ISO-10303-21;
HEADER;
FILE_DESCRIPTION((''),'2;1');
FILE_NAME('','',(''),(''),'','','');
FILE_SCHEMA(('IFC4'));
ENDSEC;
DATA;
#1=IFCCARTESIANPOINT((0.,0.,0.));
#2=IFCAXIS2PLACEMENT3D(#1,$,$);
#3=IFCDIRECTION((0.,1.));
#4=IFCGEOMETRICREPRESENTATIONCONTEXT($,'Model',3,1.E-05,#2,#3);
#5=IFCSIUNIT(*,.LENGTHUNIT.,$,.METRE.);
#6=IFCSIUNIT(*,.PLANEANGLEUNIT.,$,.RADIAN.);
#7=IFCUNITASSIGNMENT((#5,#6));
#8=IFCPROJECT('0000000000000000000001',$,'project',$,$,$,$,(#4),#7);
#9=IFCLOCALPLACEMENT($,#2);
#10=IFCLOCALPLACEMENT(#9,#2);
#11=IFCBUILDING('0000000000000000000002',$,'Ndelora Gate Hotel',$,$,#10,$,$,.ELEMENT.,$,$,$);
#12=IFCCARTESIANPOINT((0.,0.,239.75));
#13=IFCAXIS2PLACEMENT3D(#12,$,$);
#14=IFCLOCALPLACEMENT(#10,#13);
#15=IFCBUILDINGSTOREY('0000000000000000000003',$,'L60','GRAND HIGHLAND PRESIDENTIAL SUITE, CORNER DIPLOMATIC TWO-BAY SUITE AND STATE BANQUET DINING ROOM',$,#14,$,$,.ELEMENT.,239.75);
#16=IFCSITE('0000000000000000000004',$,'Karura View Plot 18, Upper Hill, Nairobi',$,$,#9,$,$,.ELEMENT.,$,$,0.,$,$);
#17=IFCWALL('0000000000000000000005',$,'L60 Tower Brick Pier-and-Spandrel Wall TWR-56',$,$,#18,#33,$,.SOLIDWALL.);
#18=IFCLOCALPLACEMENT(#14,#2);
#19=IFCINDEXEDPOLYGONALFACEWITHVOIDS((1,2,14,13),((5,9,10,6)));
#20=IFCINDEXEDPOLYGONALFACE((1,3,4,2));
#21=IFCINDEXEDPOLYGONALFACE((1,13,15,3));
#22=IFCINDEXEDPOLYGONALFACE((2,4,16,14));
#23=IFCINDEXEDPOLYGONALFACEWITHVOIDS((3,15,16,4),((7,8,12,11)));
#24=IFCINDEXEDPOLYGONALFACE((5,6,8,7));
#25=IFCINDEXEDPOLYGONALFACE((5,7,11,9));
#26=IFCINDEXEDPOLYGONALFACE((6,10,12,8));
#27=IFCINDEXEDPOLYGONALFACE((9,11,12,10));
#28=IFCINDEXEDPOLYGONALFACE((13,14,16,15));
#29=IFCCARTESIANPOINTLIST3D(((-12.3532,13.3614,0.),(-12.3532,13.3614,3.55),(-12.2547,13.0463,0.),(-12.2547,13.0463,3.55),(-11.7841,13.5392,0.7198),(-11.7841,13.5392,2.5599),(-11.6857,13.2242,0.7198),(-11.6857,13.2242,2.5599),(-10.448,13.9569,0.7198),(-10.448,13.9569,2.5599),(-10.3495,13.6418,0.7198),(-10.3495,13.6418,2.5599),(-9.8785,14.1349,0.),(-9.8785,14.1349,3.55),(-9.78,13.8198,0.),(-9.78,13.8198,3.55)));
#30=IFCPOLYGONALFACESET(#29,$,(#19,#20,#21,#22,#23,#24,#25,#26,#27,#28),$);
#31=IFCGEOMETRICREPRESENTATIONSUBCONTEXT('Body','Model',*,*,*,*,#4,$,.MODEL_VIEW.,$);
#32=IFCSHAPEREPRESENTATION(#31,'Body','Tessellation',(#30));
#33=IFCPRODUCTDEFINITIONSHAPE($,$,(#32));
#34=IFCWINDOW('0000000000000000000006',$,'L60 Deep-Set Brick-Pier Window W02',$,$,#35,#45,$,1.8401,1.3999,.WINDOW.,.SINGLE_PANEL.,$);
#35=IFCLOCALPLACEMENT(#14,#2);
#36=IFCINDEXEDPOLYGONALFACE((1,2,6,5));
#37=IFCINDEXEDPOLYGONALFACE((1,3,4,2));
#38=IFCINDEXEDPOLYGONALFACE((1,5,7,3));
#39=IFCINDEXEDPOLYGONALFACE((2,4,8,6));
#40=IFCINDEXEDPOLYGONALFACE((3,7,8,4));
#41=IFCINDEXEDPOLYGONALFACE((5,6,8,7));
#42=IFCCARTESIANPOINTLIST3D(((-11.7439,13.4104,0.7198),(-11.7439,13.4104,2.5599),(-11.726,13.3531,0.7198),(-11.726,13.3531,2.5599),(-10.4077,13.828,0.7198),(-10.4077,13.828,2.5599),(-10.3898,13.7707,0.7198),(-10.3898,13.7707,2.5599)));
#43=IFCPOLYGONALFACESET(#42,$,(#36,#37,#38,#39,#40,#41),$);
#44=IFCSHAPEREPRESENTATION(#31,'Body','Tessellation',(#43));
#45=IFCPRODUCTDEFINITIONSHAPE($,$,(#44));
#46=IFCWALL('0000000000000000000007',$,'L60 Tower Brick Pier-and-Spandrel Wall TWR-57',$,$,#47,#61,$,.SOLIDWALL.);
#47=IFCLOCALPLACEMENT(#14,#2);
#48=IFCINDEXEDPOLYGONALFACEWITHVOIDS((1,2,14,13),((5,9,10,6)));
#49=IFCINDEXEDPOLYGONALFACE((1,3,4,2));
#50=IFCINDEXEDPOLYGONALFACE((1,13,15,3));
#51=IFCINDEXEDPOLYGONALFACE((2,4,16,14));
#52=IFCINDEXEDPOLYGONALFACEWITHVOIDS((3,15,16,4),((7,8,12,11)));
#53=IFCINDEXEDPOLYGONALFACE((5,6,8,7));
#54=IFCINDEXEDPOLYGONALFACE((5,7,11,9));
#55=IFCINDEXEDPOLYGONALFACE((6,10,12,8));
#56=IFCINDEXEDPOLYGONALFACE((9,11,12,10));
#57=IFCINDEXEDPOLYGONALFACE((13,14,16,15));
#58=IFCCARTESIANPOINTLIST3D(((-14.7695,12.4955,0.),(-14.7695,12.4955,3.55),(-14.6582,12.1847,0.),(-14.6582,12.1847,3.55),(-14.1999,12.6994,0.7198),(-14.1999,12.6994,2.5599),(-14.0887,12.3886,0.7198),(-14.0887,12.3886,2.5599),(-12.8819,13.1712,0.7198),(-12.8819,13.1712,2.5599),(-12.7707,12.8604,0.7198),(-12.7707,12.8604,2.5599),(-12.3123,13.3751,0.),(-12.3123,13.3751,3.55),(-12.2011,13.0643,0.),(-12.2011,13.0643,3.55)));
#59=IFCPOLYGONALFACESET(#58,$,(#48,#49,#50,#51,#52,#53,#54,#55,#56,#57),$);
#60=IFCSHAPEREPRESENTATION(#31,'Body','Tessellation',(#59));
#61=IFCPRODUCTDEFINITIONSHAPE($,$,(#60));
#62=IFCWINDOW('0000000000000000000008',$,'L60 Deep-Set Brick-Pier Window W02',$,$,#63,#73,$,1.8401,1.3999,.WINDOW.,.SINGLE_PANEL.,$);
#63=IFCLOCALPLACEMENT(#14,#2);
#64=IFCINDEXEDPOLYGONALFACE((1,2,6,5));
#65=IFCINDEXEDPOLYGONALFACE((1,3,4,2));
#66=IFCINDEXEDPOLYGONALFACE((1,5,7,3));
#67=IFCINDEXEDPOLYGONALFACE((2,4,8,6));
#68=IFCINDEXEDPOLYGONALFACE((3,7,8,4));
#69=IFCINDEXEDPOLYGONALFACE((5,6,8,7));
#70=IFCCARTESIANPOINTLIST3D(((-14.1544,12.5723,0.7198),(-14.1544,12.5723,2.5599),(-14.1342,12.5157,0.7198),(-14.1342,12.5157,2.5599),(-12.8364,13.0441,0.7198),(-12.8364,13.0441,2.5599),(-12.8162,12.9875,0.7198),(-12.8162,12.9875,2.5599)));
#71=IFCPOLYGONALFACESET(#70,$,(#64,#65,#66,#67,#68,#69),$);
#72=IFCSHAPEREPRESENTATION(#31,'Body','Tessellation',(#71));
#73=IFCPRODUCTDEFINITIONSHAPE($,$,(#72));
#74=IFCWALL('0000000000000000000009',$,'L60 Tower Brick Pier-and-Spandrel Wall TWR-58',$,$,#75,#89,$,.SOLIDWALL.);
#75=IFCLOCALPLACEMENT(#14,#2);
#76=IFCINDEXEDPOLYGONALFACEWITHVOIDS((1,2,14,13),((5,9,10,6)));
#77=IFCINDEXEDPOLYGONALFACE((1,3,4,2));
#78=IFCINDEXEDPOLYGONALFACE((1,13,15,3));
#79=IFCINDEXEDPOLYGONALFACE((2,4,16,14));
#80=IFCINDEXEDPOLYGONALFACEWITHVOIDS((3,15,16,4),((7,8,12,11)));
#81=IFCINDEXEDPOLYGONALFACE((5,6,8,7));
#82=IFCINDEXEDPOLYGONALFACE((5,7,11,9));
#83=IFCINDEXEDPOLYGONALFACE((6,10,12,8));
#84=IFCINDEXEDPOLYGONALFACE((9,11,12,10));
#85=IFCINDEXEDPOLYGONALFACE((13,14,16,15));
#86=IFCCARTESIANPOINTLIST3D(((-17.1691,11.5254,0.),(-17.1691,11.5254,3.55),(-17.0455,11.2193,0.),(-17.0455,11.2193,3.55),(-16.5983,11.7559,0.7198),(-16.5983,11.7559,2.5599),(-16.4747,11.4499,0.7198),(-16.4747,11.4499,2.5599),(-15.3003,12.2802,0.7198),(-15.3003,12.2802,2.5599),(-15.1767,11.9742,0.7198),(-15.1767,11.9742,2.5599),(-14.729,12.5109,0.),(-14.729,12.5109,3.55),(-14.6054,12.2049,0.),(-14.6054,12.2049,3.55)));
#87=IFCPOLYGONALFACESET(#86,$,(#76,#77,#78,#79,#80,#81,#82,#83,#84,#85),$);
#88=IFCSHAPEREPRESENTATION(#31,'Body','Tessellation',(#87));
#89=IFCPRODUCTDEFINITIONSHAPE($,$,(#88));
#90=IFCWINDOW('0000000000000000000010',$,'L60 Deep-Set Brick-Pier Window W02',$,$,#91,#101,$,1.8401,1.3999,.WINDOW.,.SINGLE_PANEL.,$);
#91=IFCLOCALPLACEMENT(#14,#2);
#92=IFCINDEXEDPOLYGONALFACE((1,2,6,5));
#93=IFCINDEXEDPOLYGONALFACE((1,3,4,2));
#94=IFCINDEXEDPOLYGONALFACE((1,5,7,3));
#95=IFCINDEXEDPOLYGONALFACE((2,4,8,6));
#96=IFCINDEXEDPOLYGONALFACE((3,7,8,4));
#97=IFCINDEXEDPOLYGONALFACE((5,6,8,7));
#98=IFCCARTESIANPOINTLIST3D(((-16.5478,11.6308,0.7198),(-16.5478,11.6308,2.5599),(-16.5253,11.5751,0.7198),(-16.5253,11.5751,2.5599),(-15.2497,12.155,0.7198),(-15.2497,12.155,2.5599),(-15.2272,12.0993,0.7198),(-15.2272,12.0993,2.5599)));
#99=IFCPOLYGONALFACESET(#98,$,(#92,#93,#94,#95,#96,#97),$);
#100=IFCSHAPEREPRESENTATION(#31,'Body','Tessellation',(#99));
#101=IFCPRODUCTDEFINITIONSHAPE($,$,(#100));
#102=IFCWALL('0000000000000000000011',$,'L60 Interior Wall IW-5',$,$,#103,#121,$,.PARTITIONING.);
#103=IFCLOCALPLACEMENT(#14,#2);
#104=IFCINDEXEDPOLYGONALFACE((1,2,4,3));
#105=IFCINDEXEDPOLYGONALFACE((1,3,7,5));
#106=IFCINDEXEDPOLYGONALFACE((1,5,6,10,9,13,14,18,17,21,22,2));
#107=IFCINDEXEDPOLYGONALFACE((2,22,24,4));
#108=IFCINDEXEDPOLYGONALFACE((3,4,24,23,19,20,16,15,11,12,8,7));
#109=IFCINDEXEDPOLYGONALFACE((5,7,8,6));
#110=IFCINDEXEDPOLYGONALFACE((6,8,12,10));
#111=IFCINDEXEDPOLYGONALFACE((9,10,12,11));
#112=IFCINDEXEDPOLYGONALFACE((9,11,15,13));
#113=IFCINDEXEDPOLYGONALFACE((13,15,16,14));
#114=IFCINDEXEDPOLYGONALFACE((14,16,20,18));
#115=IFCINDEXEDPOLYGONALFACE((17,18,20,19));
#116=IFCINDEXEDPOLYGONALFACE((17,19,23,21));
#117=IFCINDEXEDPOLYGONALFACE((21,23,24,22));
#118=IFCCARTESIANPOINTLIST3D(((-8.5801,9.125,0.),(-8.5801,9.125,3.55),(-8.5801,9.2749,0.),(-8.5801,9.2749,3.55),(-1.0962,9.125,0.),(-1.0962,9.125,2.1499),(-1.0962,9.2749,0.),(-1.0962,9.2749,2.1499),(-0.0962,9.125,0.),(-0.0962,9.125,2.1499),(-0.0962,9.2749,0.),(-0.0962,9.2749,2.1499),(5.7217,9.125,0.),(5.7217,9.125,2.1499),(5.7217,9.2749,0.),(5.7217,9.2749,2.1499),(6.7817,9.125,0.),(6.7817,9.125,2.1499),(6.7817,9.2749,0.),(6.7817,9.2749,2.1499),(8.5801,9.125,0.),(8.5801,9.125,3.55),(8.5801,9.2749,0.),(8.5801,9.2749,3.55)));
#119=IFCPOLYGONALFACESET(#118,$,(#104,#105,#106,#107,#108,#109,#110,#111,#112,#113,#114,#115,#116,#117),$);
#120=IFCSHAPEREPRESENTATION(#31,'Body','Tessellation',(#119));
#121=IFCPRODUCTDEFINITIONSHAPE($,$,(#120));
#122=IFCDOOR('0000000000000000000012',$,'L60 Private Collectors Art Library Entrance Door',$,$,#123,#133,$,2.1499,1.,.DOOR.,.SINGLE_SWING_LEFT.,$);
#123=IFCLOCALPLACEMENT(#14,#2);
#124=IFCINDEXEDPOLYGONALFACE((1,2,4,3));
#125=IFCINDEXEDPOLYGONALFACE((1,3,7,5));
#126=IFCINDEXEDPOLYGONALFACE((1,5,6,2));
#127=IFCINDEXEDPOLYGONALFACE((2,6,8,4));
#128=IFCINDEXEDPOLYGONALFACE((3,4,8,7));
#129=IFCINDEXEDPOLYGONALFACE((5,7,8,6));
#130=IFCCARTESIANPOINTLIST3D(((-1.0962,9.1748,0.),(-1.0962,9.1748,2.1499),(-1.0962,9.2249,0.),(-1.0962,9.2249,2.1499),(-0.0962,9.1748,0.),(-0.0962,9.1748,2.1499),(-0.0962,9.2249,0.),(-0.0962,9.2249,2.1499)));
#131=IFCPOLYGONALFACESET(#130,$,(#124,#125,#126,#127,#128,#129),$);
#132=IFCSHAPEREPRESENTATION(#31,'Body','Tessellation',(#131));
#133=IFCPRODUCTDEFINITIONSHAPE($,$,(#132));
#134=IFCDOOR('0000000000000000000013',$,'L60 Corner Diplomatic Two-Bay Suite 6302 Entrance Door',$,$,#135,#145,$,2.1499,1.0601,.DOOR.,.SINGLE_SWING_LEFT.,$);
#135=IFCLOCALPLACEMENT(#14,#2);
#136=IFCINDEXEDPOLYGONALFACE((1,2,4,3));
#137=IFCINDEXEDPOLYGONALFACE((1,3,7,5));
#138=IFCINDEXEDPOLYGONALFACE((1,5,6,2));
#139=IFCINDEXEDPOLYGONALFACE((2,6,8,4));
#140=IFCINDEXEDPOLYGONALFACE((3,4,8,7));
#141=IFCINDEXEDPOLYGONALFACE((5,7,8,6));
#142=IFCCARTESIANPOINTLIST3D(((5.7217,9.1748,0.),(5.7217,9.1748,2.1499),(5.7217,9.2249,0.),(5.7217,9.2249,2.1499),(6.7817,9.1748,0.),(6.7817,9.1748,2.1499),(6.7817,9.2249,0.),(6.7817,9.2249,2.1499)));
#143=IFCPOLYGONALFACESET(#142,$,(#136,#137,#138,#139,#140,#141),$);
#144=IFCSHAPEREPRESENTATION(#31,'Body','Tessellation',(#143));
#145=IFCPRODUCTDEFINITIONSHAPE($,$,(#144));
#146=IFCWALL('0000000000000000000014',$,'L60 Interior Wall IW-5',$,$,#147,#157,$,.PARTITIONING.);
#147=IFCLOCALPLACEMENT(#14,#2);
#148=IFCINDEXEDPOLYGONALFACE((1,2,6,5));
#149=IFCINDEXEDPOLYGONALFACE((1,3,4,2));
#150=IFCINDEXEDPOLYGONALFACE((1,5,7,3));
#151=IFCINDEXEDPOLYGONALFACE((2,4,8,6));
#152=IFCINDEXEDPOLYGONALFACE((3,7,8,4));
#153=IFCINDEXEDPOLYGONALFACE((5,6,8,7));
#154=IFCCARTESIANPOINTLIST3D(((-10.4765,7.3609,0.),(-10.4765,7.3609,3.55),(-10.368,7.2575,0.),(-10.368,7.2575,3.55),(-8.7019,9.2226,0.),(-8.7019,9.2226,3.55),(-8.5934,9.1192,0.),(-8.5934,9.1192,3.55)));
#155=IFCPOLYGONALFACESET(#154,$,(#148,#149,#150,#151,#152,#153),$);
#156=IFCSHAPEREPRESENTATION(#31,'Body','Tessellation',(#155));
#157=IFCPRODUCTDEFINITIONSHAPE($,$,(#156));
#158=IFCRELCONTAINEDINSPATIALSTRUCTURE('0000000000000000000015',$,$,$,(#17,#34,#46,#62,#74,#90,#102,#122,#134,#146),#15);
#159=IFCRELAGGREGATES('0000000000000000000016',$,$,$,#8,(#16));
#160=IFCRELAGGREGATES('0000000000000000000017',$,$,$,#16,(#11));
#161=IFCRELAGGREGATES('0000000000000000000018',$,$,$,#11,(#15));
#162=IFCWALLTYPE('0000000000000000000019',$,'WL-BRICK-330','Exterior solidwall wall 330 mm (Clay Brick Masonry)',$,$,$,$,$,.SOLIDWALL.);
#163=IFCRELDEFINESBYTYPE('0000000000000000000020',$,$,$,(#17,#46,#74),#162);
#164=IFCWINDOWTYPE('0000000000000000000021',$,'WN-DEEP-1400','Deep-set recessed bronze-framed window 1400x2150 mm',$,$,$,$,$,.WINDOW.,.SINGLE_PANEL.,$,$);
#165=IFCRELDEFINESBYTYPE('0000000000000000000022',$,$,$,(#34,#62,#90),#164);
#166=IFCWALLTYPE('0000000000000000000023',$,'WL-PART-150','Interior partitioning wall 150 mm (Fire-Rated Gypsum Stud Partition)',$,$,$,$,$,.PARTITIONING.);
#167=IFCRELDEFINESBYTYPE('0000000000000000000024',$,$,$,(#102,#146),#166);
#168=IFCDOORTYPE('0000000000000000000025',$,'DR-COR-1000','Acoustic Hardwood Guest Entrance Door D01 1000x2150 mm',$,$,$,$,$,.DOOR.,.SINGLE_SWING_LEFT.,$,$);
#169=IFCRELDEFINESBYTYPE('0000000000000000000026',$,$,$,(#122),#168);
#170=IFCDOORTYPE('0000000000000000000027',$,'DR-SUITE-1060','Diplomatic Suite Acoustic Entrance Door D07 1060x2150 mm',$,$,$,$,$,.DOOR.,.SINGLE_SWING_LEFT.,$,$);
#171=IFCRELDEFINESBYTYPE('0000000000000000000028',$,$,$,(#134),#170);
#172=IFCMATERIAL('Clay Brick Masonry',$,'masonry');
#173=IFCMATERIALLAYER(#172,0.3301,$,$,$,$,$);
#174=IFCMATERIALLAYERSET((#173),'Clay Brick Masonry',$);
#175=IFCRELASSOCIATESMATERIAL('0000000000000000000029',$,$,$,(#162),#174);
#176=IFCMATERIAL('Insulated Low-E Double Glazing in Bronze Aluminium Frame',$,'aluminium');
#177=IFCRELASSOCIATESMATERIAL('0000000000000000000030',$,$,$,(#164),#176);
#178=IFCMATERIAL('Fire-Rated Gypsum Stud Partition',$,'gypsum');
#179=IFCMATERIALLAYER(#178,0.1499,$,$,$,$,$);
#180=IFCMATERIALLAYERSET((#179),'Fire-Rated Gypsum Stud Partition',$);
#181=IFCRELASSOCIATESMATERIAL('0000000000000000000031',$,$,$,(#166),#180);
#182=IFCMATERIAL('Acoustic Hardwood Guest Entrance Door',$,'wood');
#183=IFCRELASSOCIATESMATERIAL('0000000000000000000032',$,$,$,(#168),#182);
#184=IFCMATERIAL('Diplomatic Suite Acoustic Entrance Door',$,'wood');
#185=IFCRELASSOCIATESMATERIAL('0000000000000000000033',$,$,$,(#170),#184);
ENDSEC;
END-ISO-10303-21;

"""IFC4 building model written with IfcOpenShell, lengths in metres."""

from ifc_helpers import new_model, si_unit, direction, frame, frame_2d, origin, place, context, subcontext, project, spatial, rectangle, extrude, material, layer, layer_set, type_object, element, fill, save


model = new_model("IFC4")

# Units and contexts
model_context = context("Model", 3, precision=1e-05, world=origin(), true_north=direction((0.0, 1.0)))
body_context = subcontext(model_context, "Body", "Model", "MODEL_VIEW")
ifc_project = project(units=[si_unit("LENGTHUNIT", "METRE"), si_unit("PLANEANGLEUNIT", "RADIAN")], contexts=[model_context])

# Site, building, storey
site_placement = place(None, origin())
site = spatial("IfcSite", under=ifc_project, at=site_placement, Name="Karura View Plot 18, Upper Hill, Nairobi", CompositionType="ELEMENT", RefElevation=0.0)
building_placement = place(site_placement, origin())
building = spatial("IfcBuilding", under=site, at=building_placement, Name="Ndelora Gate Hotel", CompositionType="ELEMENT")
storey_placement = place(building_placement, frame((0.0, 0.0, 239.75)))
storey = spatial("IfcBuildingStorey", under=building, at=storey_placement, Name="L60", Description="GRAND HIGHLAND PRESIDENTIAL SUITE, CORNER DIPLOMATIC TWO-BAY SUITE AND STATE BANQUET DINING ROOM", CompositionType="ELEMENT", Elevation=239.75)

# Shared definitions
ifc_material_1 = material(Name="Clay Brick Masonry", Category="masonry")
ifc_layer_1 = layer(ifc_material_1, 0.3301)
ifc_layer_set_1 = layer_set([ifc_layer_1], Name="Clay Brick Masonry")
wall_type_1 = type_object("IfcWallType", Name="WL-BRICK-330", Description="Exterior solidwall wall 330 mm (Clay Brick Masonry)", PredefinedType="SOLIDWALL", material=ifc_layer_set_1)

# Walls, openings, windows
wall_1_placement = place(storey_placement, frame((-12.304, 13.2039, 0.0), z_axis=(0.0, 0.0, 1.0), x_axis=(0.954467, 0.298318, 0.0)))
wall_1 = element("IfcWall", 1, at=wall_1_placement, inside=storey, type_object=wall_type_1, Name="L60 Tower Brick Pier-and-Spandrel Wall TWR-56", PredefinedType="SOLIDWALL", context=body_context, shape_type="SweptSolid", body=[
    extrude(rectangle(XDim=2.5928, YDim=0.3301, at=frame_2d((1.2964, 0.0))), origin(), (0.0, 0.0, 1.0), 3.55),
])
opening_1_placement = place(wall_1_placement, frame((0.5962, 0.0, 0.72)))
opening_1 = element("IfcOpeningElement", 2, at=opening_1_placement, cuts=wall_1, PredefinedType="OPENING", context=body_context, shape_type="SweptSolid", body=[
    extrude(rectangle(XDim=1.3999, YDim=1.8401, at=frame_2d((0.7, 0.9199))), frame((0.0, 0.175, 0.0), z_axis=(0.0, -1.0, 0.0), x_axis=(1.0, 0.0, 0.0)), (0.0, 0.0, 1.0), 0.3501),
])
ifc_material_2 = material(Name="Insulated Low-E Double Glazing in Bronze Aluminium Frame", Category="aluminium")
window_type = type_object("IfcWindowType", Name="WN-DEEP-1400", Description="Deep-set recessed bronze-framed window 1400x2150 mm", PartitioningType="SINGLE_PANEL", PredefinedType="WINDOW", material=ifc_material_2)
window_1_placement = place(opening_1_placement, origin())
window_1 = element("IfcWindow", 3, at=window_1_placement, inside=storey, type_object=window_type, Name="L60 Deep-Set Brick-Pier Window W02", OverallHeight=1.8401, OverallWidth=1.3999, PartitioningType="SINGLE_PANEL", PredefinedType="WINDOW", context=body_context, shape_type="SweptSolid", body=[
    extrude(rectangle(XDim=1.3999, YDim=1.8401, at=frame_2d((0.7, 0.9199))), frame((0.0, 0.03, 0.0), z_axis=(0.0, -1.0, 0.0), x_axis=(1.0, 0.0, 0.0)), (0.0, 0.0, 1.0), 0.0601),
])
fill(opening_1, window_1)
wall_2_placement = place(storey_placement, frame((-14.7139, 12.3401, 0.0), z_axis=(0.0, 0.0, 1.0), x_axis=(0.941494, 0.33703, 0.0)))
wall_2 = element("IfcWall", 4, at=wall_2_placement, inside=storey, type_object=wall_type_1, Name="L60 Tower Brick Pier-and-Spandrel Wall TWR-57", PredefinedType="SOLIDWALL", context=body_context, shape_type="SweptSolid", body=[
    extrude(rectangle(XDim=2.6099, YDim=0.3301, at=frame_2d((1.3049, 0.0))), origin(), (0.0, 0.0, 1.0), 3.55),
])
opening_2_placement = place(wall_2_placement, frame((0.605, 0.0, 0.72)))
opening_2 = element("IfcOpeningElement", 5, at=opening_2_placement, cuts=wall_2, PredefinedType="OPENING", context=body_context, shape_type="SweptSolid", body=[
    extrude(rectangle(XDim=1.3999, YDim=1.8401, at=frame_2d((0.7, 0.9199))), frame((0.0, 0.175, 0.0), z_axis=(0.0, -1.0, 0.0), x_axis=(1.0, 0.0, 0.0)), (0.0, 0.0, 1.0), 0.3501),
])
window_2_placement = place(opening_2_placement, origin())
window_2 = element("IfcWindow", 6, at=window_2_placement, inside=storey, type_object=window_type, Name="L60 Deep-Set Brick-Pier Window W02", OverallHeight=1.8401, OverallWidth=1.3999, PartitioningType="SINGLE_PANEL", PredefinedType="WINDOW", context=body_context, shape_type="SweptSolid", body=[
    extrude(rectangle(XDim=1.3999, YDim=1.8401, at=frame_2d((0.7, 0.9199))), frame((0.0, 0.03, 0.0), z_axis=(0.0, -1.0, 0.0), x_axis=(1.0, 0.0, 0.0)), (0.0, 0.0, 1.0), 0.0601),
])
fill(opening_2, window_2)
wall_3_placement = place(storey_placement, frame((-17.1074, 11.3723, 0.0), z_axis=(0.0, 0.0, 1.0), x_axis=(0.927224, 0.374508, 0.0)))
wall_3 = element("IfcWall", 7, at=wall_3_placement, inside=storey, type_object=wall_type_1, Name="L60 Tower Brick Pier-and-Spandrel Wall TWR-58", PredefinedType="SOLIDWALL", context=body_context, shape_type="SweptSolid", body=[
    extrude(rectangle(XDim=2.6316, YDim=0.3301, at=frame_2d((1.3159, 0.0))), origin(), (0.0, 0.0, 1.0), 3.55),
])
opening_3_placement = place(wall_3_placement, frame((0.6157, 0.0, 0.72)))
opening_3 = element("IfcOpeningElement", 8, at=opening_3_placement, cuts=wall_3, PredefinedType="OPENING", context=body_context, shape_type="SweptSolid", body=[
    extrude(rectangle(XDim=1.3999, YDim=1.8401, at=frame_2d((0.7, 0.9199))), frame((0.0, 0.175, 0.0), z_axis=(0.0, -1.0, 0.0), x_axis=(1.0, 0.0, 0.0)), (0.0, 0.0, 1.0), 0.3501),
])
window_3_placement = place(opening_3_placement, origin())
window_3 = element("IfcWindow", 9, at=window_3_placement, inside=storey, type_object=window_type, Name="L60 Deep-Set Brick-Pier Window W02", OverallHeight=1.8401, OverallWidth=1.3999, PartitioningType="SINGLE_PANEL", PredefinedType="WINDOW", context=body_context, shape_type="SweptSolid", body=[
    extrude(rectangle(XDim=1.3999, YDim=1.8401, at=frame_2d((0.7, 0.9199))), frame((0.0, 0.03, 0.0), z_axis=(0.0, -1.0, 0.0), x_axis=(1.0, 0.0, 0.0)), (0.0, 0.0, 1.0), 0.0601),
])
fill(opening_3, window_3)

# Wall, openings, doors
ifc_material_3 = material(Name="Fire-Rated Gypsum Stud Partition", Category="gypsum")
ifc_layer_2 = layer(ifc_material_3, 0.1499)
ifc_layer_set_2 = layer_set([ifc_layer_2], Name="Fire-Rated Gypsum Stud Partition")
wall_type_2 = type_object("IfcWallType", Name="WL-PART-150", Description="Interior partitioning wall 150 mm (Fire-Rated Gypsum Stud Partition)", PredefinedType="PARTITIONING", material=ifc_layer_set_2)
wall_4_placement = place(storey_placement, frame((-8.5801, 9.2, 0.0), z_axis=(0.0, 0.0, 1.0), x_axis=(1.0, 0.0, 0.0)))
wall_4 = element("IfcWall", 10, at=wall_4_placement, inside=storey, type_object=wall_type_2, Name="L60 Interior Wall IW-5", PredefinedType="PARTITIONING", context=body_context, shape_type="SweptSolid", body=[
    extrude(rectangle(XDim=17.1602, YDim=0.1499, at=frame_2d((8.5801, 0.0))), origin(), (0.0, 0.0, 1.0), 3.55),
])
opening_4_placement = place(wall_4_placement, frame((7.4839, 0.0, 0.0)))
opening_4 = element("IfcOpeningElement", 11, at=opening_4_placement, cuts=wall_4, PredefinedType="OPENING", context=body_context, shape_type="SweptSolid", body=[
    extrude(rectangle(XDim=1.0, YDim=2.1499, at=frame_2d((0.5, 1.075))), frame((0.0, 0.085, 0.0), z_axis=(0.0, -1.0, 0.0), x_axis=(1.0, 0.0, 0.0)), (0.0, 0.0, 1.0), 0.1699),
])
opening_5_placement = place(wall_4_placement, frame((14.3018, 0.0, 0.0)))
opening_5 = element("IfcOpeningElement", 12, at=opening_5_placement, cuts=wall_4, PredefinedType="OPENING", context=body_context, shape_type="SweptSolid", body=[
    extrude(rectangle(XDim=1.0601, YDim=2.1499, at=frame_2d((0.53, 1.075))), frame((0.0, 0.085, 0.0), z_axis=(0.0, -1.0, 0.0), x_axis=(1.0, 0.0, 0.0)), (0.0, 0.0, 1.0), 0.1699),
])
ifc_material_4 = material(Name="Acoustic Hardwood Guest Entrance Door", Category="wood")
door_type_1 = type_object("IfcDoorType", Name="DR-COR-1000", Description="Acoustic Hardwood Guest Entrance Door D01 1000x2150 mm", OperationType="SINGLE_SWING_LEFT", PredefinedType="DOOR", material=ifc_material_4)
door_1_placement = place(opening_4_placement, origin())
door_1 = element("IfcDoor", 13, at=door_1_placement, inside=storey, type_object=door_type_1, Name="L60 Private Collectors Art Library Entrance Door", OperationType="SINGLE_SWING_LEFT", OverallHeight=2.1499, OverallWidth=1.0, PredefinedType="DOOR", context=body_context, shape_type="SweptSolid", body=[
    extrude(rectangle(XDim=1.0, YDim=2.1499, at=frame_2d((0.5, 1.075))), frame((0.0, 0.0249, 0.0), z_axis=(0.0, -1.0, 0.0), x_axis=(1.0, 0.0, 0.0)), (0.0, 0.0, 1.0), 0.05),
])
fill(opening_4, door_1)
ifc_material_5 = material(Name="Diplomatic Suite Acoustic Entrance Door", Category="wood")
door_type_2 = type_object("IfcDoorType", Name="DR-SUITE-1060", Description="Diplomatic Suite Acoustic Entrance Door D07 1060x2150 mm", OperationType="SINGLE_SWING_LEFT", PredefinedType="DOOR", material=ifc_material_5)
door_2_placement = place(opening_5_placement, origin())
door_2 = element("IfcDoor", 14, at=door_2_placement, inside=storey, type_object=door_type_2, Name="L60 Corner Diplomatic Two-Bay Suite 6302 Entrance Door", OperationType="SINGLE_SWING_LEFT", OverallHeight=2.1499, OverallWidth=1.0601, PredefinedType="DOOR", context=body_context, shape_type="SweptSolid", body=[
    extrude(rectangle(XDim=1.0601, YDim=2.1499, at=frame_2d((0.53, 1.075))), frame((0.0, 0.0249, 0.0), z_axis=(0.0, -1.0, 0.0), x_axis=(1.0, 0.0, 0.0)), (0.0, 0.0, 1.0), 0.05),
])
fill(opening_5, door_2)

# Wall
wall_5_placement = place(storey_placement, frame((-10.4224, 7.3091, 0.0), z_axis=(0.0, 0.0, 1.0), x_axis=(0.689961, 0.723847, 0.0)))
element("IfcWall", 15, at=wall_5_placement, inside=storey, type_object=wall_type_2, Name="L60 Interior Wall IW-5", PredefinedType="PARTITIONING", context=body_context, shape_type="SweptSolid", body=[
    extrude(rectangle(XDim=2.572, YDim=0.1499, at=frame_2d((1.2861, 0.0))), origin(), (0.0, 0.0, 1.0), 3.55),
])

save(model, "model.ifc")
